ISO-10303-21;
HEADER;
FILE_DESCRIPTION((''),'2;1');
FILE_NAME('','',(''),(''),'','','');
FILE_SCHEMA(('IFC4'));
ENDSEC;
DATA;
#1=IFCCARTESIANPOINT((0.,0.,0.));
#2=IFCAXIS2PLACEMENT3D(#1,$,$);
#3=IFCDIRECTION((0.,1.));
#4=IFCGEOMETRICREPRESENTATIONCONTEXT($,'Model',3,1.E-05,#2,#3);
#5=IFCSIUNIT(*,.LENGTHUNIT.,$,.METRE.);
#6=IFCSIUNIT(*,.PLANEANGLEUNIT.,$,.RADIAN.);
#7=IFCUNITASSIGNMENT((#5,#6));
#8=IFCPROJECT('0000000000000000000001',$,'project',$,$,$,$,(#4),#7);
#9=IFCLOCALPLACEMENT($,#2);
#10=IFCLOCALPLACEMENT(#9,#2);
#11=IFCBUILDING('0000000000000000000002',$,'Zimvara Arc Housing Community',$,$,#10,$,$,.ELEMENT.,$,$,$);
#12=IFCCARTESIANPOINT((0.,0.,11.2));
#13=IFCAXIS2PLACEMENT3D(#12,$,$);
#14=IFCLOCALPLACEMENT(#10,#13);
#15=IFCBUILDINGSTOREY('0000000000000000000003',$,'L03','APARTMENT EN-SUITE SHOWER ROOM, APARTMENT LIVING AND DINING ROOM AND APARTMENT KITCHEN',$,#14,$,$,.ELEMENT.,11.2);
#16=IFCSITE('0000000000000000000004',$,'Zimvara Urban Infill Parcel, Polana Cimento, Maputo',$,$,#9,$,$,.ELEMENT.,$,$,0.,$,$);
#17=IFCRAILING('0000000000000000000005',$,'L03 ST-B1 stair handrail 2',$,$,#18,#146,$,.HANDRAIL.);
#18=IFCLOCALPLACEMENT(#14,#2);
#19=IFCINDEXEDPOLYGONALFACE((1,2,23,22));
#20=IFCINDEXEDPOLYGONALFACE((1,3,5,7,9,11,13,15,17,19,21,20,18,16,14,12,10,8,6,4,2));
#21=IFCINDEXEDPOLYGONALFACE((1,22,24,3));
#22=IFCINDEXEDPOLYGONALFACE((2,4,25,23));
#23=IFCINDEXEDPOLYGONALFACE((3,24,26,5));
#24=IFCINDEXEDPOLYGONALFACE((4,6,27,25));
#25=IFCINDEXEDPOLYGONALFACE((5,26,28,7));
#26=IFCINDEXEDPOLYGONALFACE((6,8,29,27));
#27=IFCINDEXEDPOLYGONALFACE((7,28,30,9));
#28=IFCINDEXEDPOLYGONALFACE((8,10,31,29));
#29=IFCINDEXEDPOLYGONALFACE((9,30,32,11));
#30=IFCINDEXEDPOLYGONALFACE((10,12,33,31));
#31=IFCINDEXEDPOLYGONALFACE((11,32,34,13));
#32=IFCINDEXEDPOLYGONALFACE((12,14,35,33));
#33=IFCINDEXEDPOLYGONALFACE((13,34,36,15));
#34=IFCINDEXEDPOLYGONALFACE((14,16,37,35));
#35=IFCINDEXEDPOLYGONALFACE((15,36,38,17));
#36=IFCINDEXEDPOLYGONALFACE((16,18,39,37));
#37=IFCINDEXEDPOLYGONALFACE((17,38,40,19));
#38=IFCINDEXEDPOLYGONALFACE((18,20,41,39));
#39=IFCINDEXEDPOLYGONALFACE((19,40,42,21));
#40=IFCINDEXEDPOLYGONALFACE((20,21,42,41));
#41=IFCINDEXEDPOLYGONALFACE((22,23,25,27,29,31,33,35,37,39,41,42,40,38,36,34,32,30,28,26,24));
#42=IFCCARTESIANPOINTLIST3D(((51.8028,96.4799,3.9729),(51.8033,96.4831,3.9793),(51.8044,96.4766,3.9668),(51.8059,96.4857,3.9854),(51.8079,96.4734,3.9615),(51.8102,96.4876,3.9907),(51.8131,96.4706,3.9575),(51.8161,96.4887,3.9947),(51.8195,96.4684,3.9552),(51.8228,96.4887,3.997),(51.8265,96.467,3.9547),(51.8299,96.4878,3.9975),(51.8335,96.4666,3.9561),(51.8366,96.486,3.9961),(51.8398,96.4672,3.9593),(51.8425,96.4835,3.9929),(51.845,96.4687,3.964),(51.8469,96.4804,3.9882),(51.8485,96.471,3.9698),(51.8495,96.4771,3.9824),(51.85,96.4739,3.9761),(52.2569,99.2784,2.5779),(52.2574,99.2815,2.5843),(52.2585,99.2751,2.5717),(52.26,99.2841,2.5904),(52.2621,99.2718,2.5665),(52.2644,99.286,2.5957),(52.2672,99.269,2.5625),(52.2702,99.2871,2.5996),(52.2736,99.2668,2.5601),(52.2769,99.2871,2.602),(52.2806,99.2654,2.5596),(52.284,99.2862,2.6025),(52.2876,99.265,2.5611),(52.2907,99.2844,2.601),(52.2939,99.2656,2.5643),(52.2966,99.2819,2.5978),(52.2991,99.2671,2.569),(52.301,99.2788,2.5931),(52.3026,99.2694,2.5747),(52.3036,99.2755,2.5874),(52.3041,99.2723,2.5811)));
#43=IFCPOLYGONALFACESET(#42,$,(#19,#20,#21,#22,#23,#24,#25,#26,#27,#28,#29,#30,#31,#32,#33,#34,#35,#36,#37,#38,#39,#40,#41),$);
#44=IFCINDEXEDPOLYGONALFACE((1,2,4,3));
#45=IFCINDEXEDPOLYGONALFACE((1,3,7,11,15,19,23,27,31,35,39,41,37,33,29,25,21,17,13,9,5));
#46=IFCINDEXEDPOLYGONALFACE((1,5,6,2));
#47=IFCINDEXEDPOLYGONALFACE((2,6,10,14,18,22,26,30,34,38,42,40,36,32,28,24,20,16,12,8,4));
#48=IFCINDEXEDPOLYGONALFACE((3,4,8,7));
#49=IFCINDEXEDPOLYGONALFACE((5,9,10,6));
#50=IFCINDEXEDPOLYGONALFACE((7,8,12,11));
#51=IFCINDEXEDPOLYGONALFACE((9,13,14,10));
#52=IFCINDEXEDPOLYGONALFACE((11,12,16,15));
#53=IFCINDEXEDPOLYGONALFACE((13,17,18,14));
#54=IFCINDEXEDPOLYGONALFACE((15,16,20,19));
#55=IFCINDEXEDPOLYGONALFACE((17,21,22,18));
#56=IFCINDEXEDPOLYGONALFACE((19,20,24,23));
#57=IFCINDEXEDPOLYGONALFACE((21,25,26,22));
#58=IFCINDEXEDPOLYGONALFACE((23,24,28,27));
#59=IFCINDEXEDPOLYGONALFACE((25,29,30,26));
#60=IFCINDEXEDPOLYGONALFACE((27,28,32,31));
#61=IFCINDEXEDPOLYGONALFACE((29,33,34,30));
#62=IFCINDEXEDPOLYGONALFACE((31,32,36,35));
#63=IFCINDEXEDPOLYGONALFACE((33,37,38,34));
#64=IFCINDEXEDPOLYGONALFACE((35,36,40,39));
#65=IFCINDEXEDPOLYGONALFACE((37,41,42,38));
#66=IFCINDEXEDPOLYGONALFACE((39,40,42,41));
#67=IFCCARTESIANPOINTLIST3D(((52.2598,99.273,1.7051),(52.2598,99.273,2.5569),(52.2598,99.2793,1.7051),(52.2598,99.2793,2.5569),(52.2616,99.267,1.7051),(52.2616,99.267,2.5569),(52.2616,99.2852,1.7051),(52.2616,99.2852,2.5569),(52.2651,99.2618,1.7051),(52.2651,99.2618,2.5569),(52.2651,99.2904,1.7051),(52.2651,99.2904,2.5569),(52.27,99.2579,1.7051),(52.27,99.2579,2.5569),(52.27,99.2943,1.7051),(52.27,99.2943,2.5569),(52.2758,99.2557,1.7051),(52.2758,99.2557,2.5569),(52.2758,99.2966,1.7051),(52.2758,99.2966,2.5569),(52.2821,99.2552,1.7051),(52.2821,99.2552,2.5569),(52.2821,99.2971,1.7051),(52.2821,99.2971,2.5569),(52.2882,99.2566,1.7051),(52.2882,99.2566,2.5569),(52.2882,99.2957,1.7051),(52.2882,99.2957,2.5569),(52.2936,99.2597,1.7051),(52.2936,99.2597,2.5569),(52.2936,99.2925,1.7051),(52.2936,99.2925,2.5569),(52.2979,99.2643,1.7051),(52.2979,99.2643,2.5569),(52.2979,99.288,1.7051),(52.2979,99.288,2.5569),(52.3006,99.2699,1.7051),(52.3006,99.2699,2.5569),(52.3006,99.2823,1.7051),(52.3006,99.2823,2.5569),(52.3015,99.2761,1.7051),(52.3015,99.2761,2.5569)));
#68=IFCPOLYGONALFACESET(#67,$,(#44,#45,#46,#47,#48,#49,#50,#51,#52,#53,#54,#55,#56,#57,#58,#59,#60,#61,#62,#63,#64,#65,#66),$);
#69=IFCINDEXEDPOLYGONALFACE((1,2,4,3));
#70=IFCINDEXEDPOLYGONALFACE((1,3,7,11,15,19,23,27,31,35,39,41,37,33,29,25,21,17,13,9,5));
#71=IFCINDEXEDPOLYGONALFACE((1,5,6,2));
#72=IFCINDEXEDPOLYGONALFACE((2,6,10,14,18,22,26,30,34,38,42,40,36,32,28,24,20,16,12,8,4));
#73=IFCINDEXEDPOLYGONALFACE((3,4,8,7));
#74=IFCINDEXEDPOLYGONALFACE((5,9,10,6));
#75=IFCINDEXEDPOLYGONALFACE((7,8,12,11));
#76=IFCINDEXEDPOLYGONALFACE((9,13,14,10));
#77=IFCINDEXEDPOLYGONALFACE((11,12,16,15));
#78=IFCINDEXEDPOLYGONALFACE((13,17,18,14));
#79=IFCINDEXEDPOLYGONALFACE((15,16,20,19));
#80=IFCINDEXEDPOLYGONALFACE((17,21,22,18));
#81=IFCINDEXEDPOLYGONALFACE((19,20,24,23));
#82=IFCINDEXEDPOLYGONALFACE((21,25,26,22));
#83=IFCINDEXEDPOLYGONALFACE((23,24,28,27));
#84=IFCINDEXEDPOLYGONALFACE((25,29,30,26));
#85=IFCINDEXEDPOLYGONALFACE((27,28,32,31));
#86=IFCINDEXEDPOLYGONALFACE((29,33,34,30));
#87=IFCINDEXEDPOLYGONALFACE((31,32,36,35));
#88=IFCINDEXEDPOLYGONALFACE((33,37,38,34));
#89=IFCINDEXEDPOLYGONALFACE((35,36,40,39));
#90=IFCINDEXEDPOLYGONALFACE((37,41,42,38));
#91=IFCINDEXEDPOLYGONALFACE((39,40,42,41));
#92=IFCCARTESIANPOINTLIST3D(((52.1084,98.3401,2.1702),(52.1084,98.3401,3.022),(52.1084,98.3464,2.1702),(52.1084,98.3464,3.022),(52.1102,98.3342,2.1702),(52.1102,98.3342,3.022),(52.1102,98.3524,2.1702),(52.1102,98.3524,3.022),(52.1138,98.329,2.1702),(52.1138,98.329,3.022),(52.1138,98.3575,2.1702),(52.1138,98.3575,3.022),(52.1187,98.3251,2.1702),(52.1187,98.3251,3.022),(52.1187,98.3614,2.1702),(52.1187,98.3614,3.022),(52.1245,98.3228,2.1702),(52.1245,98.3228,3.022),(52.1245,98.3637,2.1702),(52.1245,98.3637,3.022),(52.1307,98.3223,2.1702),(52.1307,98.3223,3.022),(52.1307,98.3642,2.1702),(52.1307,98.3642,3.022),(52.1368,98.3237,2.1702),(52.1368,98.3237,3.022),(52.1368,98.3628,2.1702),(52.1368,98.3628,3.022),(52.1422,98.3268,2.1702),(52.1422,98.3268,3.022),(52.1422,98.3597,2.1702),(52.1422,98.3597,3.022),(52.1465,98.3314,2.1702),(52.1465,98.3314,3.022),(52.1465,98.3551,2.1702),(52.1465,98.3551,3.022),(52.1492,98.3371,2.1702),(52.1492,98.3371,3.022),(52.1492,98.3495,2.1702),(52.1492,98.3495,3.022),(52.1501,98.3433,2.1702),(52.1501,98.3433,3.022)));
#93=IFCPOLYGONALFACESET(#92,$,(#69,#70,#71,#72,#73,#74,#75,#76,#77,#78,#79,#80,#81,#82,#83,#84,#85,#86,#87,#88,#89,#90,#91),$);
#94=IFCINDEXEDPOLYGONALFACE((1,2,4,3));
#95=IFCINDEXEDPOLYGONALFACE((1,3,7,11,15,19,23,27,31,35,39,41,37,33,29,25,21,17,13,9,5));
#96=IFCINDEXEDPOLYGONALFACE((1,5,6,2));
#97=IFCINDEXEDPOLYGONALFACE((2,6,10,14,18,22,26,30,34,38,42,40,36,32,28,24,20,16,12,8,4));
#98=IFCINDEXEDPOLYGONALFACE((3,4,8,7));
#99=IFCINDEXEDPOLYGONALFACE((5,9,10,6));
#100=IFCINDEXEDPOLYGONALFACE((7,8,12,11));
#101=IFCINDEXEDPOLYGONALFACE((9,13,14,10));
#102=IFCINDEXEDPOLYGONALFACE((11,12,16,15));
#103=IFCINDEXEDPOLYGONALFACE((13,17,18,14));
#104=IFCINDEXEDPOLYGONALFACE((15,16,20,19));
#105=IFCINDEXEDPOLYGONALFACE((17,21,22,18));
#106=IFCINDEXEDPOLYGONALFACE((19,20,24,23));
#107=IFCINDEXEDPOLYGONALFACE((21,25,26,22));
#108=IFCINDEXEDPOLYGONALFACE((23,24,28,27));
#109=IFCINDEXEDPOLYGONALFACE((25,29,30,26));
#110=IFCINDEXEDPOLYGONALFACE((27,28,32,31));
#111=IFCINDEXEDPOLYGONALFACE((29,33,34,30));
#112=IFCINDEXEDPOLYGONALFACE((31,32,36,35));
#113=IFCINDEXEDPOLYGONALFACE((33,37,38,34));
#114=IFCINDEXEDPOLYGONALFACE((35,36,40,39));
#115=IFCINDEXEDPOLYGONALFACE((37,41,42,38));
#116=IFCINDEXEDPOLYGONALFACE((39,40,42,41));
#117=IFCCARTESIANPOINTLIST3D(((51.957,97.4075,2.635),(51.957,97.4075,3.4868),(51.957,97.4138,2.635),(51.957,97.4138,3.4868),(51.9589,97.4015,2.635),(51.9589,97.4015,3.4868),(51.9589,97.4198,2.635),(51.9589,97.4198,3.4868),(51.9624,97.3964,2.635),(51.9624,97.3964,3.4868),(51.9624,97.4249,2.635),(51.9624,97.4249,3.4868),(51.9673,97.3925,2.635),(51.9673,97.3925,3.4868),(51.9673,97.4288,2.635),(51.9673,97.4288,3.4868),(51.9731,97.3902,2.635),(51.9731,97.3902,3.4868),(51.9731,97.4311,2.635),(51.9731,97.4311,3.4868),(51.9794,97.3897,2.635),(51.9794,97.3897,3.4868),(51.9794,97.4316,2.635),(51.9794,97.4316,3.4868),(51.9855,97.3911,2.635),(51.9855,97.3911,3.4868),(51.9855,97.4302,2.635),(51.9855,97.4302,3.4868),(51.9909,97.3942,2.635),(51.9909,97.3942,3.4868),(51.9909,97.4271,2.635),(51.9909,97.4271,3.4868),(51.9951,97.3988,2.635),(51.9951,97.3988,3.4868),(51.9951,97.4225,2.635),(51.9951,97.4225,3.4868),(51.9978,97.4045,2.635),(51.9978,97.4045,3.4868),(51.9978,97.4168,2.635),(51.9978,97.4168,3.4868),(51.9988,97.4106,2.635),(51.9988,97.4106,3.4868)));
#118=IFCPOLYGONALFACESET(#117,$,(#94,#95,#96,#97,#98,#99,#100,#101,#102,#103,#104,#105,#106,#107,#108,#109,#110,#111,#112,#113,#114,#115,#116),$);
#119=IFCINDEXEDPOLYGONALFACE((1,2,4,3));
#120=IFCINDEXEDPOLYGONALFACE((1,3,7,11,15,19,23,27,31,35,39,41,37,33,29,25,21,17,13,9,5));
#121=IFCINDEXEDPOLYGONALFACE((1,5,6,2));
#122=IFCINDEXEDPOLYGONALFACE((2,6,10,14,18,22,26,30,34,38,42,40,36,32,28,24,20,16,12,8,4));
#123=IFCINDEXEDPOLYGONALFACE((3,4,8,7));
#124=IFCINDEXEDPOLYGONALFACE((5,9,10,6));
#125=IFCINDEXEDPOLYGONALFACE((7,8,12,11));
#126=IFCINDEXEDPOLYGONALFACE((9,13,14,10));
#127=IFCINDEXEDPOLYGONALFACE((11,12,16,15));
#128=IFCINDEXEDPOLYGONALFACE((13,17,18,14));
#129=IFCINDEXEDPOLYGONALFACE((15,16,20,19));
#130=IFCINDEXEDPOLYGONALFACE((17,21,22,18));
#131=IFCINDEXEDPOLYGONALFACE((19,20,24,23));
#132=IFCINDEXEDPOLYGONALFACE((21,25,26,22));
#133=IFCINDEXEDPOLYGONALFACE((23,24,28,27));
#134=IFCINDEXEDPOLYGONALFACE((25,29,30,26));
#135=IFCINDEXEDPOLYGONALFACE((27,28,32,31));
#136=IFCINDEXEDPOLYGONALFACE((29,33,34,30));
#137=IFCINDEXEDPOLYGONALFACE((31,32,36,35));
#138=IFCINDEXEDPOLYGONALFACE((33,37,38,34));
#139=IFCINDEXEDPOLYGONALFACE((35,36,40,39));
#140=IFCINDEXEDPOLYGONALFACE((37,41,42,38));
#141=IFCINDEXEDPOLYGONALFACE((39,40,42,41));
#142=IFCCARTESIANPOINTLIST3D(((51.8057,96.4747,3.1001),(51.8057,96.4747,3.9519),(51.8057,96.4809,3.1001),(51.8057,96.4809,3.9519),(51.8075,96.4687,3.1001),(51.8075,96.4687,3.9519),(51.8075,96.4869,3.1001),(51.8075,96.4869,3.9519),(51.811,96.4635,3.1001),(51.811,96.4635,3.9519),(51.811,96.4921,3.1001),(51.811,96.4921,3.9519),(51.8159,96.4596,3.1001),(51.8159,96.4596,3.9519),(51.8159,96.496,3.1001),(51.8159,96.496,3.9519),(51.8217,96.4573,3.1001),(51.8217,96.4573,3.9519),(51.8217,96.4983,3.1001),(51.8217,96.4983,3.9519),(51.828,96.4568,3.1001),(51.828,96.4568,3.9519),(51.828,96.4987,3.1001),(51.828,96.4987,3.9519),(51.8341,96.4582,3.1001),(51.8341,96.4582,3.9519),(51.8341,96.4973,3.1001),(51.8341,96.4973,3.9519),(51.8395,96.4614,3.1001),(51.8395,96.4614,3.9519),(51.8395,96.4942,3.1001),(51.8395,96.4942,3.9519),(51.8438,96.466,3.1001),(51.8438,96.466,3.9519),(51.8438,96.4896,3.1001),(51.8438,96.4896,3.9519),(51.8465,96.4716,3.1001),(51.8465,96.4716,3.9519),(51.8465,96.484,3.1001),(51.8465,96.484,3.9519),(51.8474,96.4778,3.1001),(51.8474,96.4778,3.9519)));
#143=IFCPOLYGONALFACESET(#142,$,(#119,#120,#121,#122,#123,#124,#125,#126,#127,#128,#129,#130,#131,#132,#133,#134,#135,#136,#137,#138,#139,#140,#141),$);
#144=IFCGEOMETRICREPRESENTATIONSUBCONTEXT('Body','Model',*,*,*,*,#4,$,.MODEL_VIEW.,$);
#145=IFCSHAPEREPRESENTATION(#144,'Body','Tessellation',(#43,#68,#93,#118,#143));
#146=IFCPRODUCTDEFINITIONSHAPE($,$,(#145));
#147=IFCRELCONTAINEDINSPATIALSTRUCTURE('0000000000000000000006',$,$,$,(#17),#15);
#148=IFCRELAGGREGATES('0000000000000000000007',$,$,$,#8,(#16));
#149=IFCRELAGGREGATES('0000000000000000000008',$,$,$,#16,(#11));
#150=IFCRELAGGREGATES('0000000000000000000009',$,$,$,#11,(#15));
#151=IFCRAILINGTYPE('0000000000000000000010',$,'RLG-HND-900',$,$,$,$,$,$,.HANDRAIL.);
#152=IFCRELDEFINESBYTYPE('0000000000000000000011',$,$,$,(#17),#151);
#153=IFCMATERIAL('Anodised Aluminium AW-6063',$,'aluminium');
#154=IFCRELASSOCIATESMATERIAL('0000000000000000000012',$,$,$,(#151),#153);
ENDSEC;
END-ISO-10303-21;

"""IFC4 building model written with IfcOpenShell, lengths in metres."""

from ifc_helpers import new_model, si_unit, direction, frame, origin, origin_2d, place, context, subcontext, project, spatial, circle, extrude, material, type_object, element, save


model = new_model("IFC4")

# Units and contexts
model_context = context("Model", 3, precision=1e-05, world=origin(), true_north=direction((0.0, 1.0)))
body_context = subcontext(model_context, "Body", "Model", "MODEL_VIEW")
ifc_project = project(units=[si_unit("LENGTHUNIT", "METRE"), si_unit("PLANEANGLEUNIT", "RADIAN")], contexts=[model_context])

# Site, building, storey
site_placement = place(None, origin())
site = spatial("IfcSite", under=ifc_project, at=site_placement, Name="Zimvara Urban Infill Parcel, Polana Cimento, Maputo", CompositionType="ELEMENT", RefElevation=0.0)
building_placement = place(site_placement, origin())
building = spatial("IfcBuilding", under=site, at=building_placement, Name="Zimvara Arc Housing Community", CompositionType="ELEMENT")
storey_placement = place(building_placement, frame((0.0, 0.0, 11.2)))
storey = spatial("IfcBuildingStorey", under=building, at=storey_placement, Name="L03", Description="APARTMENT EN-SUITE SHOWER ROOM, APARTMENT LIVING AND DINING ROOM AND APARTMENT KITCHEN", CompositionType="ELEMENT", Elevation=11.2)

# Railing
ifc_material_1 = material(Name="Anodised Aluminium AW-6063", Category="aluminium")
railing_type_1 = type_object("IfcRailingType", Name="RLG-HND-900", PredefinedType="HANDRAIL", material=ifc_material_1)
railing_1_placement = place(storey_placement, frame((52.2805, 99.2761, 1.7051)))
element("IfcRailing", 1, at=railing_1_placement, inside=storey, type_object=railing_type_1, Name="L03 ST-B1 stair handrail 2", PredefinedType="HANDRAIL", context=body_context, shape_type="SweptSolid", body=[
    extrude(circle(Radius=0.0239, at=origin_2d()), frame((0.0, 0.0, 0.876), z_axis=(-0.143722, -0.885666, 0.44152), x_axis=(0.987088, -0.16018, 0.0)), (0.0, 0.0, 1.0), 3.1597),
    extrude(circle(Radius=0.021, at=origin_2d()), origin(), (0.0, 0.0, 1.0), 0.8518),
    extrude(circle(Radius=0.021, at=origin_2d()), frame((-0.1514, -0.9329, 0.4651)), (0.0, 0.0, 1.0), 0.8518),
    extrude(circle(Radius=0.021, at=origin_2d()), frame((-0.3027, -1.8655, 0.9299)), (0.0, 0.0, 1.0), 0.8518),
    extrude(circle(Radius=0.021, at=origin_2d()), frame((-0.4541, -2.7983, 1.395)), (0.0, 0.0, 1.0), 0.8518),
])

save(model, "model.ifc")
